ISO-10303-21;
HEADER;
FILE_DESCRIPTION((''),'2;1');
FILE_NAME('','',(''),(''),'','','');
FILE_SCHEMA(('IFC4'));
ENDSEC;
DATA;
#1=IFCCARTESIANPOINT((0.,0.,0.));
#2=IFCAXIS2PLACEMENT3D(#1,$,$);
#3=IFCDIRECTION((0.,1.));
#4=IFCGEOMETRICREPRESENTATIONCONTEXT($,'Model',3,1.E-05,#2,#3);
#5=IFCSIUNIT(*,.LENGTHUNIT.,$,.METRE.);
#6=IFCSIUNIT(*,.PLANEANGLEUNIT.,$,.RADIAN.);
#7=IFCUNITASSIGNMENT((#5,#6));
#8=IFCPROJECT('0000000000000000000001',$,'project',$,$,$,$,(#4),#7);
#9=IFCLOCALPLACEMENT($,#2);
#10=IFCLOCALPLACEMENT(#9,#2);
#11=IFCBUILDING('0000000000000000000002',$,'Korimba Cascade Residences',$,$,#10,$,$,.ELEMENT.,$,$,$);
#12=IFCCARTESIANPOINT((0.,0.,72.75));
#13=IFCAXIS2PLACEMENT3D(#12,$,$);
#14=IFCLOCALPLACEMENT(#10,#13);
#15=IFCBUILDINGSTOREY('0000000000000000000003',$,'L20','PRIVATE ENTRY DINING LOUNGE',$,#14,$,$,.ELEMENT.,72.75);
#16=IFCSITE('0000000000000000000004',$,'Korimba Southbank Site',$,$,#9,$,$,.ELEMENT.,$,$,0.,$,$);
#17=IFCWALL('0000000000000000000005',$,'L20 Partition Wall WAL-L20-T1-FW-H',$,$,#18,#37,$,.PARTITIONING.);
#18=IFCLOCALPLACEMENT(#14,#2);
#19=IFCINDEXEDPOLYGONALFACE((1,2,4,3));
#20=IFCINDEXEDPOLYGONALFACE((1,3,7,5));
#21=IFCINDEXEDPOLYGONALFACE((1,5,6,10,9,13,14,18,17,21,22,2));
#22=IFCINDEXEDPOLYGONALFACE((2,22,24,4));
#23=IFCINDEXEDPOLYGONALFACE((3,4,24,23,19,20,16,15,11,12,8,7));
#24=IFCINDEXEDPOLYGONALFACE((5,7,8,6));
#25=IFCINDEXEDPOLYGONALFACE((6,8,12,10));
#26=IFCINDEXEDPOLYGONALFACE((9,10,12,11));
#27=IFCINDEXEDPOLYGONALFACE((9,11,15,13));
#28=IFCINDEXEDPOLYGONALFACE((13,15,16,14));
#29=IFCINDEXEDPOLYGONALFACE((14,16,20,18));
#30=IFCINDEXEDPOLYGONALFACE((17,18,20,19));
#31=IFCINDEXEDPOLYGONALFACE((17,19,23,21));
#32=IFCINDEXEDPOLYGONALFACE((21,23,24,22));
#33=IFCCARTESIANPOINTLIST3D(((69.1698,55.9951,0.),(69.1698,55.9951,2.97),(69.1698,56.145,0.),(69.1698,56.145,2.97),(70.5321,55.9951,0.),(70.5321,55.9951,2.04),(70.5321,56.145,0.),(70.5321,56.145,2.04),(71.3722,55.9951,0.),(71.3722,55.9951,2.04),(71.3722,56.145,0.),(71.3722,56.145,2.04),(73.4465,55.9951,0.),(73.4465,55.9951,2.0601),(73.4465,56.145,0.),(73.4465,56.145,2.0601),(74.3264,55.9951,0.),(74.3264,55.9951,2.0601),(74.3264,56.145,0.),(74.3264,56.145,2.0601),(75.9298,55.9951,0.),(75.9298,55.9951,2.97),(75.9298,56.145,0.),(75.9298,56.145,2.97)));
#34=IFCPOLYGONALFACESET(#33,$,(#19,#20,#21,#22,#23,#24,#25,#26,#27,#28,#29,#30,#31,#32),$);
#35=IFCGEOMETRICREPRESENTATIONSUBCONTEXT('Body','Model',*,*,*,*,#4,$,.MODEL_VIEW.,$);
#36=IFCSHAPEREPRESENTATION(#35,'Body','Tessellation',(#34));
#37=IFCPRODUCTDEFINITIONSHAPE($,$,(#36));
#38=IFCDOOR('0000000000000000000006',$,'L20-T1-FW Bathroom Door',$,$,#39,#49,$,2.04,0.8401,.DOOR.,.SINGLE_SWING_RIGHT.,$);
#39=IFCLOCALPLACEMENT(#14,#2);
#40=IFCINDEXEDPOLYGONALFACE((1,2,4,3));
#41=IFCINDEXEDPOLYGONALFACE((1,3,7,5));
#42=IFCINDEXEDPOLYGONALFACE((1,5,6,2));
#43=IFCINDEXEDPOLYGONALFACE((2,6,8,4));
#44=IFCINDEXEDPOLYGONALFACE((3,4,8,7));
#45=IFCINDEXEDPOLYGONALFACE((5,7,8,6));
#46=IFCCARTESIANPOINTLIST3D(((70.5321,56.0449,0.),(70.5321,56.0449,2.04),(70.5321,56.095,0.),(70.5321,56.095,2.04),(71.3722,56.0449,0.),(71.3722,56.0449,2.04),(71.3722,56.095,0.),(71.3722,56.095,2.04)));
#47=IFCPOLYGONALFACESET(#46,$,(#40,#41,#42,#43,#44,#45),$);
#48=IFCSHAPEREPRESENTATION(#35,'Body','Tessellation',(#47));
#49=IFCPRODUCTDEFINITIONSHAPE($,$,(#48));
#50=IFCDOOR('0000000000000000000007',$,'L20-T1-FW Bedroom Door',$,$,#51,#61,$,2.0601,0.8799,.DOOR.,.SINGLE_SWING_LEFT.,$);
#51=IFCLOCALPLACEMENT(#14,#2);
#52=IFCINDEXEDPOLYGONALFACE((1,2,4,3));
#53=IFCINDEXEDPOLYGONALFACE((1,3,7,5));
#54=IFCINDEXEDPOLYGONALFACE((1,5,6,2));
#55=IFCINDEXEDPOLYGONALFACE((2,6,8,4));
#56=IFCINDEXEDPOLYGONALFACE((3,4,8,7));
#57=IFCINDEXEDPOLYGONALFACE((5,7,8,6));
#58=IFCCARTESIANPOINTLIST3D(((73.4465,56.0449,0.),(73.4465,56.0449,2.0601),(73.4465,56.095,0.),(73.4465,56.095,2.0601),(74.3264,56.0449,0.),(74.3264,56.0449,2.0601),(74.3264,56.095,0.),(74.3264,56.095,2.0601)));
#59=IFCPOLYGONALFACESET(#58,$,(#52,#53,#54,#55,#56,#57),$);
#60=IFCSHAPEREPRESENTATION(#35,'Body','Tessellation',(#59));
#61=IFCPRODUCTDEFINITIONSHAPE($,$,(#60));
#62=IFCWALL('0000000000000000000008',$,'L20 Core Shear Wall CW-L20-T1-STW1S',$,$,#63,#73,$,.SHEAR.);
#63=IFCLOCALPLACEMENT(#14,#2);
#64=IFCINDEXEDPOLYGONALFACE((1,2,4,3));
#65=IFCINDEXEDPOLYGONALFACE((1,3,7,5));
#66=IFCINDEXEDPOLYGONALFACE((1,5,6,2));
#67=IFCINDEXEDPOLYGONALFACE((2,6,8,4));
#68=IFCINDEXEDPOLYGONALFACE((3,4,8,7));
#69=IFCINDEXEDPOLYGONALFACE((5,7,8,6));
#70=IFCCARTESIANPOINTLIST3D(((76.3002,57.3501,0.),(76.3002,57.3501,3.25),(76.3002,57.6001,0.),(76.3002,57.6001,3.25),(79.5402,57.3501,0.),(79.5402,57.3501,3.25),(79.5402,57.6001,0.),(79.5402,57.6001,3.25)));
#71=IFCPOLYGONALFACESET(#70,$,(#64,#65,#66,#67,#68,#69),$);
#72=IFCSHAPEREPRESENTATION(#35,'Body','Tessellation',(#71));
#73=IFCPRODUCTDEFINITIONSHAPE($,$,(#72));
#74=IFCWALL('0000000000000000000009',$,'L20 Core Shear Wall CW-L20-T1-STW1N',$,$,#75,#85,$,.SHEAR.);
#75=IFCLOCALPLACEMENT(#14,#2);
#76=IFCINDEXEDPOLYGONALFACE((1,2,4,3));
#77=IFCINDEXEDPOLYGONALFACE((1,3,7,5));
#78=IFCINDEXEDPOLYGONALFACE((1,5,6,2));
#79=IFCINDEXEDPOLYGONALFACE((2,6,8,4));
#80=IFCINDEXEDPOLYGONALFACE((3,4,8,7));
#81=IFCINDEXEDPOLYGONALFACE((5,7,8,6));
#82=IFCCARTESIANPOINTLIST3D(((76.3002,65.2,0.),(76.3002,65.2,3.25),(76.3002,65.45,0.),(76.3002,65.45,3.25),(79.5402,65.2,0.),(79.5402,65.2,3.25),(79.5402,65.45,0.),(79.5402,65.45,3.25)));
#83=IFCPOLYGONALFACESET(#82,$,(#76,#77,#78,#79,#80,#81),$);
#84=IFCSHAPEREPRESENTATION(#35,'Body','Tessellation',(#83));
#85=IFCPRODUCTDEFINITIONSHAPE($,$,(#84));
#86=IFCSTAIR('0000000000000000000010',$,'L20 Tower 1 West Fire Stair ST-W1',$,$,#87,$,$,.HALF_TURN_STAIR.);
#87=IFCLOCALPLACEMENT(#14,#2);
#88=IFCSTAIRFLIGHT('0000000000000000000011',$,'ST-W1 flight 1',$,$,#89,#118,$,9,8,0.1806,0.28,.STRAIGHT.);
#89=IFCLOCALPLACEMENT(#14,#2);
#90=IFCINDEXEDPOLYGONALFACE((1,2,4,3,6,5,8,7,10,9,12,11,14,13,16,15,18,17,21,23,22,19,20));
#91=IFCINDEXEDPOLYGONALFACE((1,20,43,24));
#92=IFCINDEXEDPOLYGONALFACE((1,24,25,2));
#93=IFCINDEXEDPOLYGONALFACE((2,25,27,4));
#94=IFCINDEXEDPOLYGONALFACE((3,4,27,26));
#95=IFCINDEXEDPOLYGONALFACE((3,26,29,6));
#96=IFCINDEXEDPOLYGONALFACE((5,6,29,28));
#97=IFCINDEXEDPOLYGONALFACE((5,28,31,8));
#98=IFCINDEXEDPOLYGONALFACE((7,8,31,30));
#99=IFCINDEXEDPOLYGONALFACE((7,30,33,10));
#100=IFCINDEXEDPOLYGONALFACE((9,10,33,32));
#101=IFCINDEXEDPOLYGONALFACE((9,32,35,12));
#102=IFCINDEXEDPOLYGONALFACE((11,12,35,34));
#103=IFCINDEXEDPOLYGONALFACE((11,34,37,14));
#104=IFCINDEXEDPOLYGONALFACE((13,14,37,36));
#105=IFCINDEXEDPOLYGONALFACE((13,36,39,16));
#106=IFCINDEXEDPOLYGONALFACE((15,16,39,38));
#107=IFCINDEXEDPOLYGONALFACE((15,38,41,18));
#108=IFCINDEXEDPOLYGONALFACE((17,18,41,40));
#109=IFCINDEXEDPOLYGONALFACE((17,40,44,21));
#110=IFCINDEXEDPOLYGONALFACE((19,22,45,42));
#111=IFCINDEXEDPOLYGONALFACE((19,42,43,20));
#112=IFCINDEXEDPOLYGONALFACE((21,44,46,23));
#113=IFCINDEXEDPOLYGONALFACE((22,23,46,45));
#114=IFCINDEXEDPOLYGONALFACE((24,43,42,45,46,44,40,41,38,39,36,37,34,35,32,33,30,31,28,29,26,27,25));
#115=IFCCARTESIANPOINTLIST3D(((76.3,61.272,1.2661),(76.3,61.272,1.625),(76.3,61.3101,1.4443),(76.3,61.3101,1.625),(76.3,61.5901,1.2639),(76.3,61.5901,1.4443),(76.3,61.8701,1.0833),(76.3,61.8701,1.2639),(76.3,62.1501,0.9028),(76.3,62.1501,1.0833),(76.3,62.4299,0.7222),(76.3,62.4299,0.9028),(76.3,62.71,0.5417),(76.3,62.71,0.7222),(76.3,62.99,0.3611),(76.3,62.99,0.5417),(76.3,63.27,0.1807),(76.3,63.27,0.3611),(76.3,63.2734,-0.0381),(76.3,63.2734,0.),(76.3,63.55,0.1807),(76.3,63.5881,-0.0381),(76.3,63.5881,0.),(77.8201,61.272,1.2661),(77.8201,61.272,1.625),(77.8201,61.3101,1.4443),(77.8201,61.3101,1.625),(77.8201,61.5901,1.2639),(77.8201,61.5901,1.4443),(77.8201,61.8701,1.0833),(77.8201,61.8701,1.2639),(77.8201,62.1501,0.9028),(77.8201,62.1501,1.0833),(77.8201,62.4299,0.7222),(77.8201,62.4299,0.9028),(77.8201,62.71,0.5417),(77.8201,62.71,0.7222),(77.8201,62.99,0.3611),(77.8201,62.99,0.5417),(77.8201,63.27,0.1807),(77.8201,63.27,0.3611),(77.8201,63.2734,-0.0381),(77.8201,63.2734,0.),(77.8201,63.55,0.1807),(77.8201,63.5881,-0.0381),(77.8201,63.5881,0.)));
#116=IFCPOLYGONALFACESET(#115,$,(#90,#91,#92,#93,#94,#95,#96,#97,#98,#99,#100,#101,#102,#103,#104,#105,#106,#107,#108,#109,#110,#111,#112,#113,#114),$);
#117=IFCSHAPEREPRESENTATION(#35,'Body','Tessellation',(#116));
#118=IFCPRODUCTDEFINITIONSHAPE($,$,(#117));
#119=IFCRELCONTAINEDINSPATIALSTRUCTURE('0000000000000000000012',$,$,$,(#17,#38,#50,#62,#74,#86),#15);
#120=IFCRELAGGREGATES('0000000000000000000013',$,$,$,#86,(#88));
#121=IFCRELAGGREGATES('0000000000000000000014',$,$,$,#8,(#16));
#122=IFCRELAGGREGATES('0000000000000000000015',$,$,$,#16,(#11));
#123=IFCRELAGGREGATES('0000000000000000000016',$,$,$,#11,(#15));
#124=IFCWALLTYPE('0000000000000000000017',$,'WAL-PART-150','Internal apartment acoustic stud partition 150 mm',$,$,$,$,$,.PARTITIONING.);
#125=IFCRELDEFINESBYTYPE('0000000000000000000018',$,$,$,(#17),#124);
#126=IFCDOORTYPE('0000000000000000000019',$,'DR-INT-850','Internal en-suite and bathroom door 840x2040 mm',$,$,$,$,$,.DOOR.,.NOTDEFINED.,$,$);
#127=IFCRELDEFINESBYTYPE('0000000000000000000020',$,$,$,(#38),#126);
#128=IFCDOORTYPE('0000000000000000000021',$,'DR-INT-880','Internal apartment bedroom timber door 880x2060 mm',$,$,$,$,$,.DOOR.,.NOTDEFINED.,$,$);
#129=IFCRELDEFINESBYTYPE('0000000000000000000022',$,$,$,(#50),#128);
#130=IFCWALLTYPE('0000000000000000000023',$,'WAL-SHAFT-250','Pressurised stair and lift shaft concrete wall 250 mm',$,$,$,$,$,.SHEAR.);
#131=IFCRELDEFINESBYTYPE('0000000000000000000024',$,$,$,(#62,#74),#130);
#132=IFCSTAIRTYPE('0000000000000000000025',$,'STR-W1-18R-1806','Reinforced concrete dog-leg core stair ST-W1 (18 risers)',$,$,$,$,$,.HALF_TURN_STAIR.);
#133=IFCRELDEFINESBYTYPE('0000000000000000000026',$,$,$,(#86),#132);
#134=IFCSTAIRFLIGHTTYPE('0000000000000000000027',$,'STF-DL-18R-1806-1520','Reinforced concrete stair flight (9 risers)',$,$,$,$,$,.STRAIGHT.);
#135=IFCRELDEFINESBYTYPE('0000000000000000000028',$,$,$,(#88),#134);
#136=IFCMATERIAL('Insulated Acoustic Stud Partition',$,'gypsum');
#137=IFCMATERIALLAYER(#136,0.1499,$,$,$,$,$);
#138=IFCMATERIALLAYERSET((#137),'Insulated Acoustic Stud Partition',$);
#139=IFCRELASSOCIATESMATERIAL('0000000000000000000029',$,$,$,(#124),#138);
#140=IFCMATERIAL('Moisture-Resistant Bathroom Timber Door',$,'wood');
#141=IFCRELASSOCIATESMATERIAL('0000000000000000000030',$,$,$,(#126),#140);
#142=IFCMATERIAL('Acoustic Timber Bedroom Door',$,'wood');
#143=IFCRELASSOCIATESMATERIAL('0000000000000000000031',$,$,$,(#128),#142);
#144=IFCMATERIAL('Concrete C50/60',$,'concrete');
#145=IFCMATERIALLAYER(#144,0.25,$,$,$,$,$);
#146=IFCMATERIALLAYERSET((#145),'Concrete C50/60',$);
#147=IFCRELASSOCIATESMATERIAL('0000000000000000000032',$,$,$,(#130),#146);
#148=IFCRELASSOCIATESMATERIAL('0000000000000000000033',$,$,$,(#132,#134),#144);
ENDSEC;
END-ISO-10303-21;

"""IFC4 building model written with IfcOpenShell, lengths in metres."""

from ifc_helpers import new_model, si_unit, direction, frame, frame_2d, origin, place, context, subcontext, project, spatial, polyline, rectangle, outline, extrude, material, layer, layer_set, type_object, element, fill, aggregate, save


model = new_model("IFC4")

# Units and contexts
model_context = context("Model", 3, precision=1e-05, world=origin(), true_north=direction((0.0, 1.0)))
body_context = subcontext(model_context, "Body", "Model", "MODEL_VIEW")
ifc_project = project(units=[si_unit("LENGTHUNIT", "METRE"), si_unit("PLANEANGLEUNIT", "RADIAN")], contexts=[model_context])

# Site, building, storey
site_placement = place(None, origin())
site = spatial("IfcSite", under=ifc_project, at=site_placement, Name="Korimba Southbank Site", CompositionType="ELEMENT", RefElevation=0.0)
building_placement = place(site_placement, origin())
building = spatial("IfcBuilding", under=site, at=building_placement, Name="Korimba Cascade Residences", CompositionType="ELEMENT")
storey_placement = place(building_placement, frame((0.0, 0.0, 72.75)))
storey = spatial("IfcBuildingStorey", under=building, at=storey_placement, Name="L20", Description="PRIVATE ENTRY DINING LOUNGE", CompositionType="ELEMENT", Elevation=72.75)

# Shared definitions
ifc_material_1 = material(Name="Concrete C50/60", Category="concrete")

# Shared definitions
ifc_material_2 = material(Name="Insulated Acoustic Stud Partition", Category="gypsum")
ifc_layer_1 = layer(ifc_material_2, 0.1499)
ifc_layer_set_1 = layer_set([ifc_layer_1], Name="Insulated Acoustic Stud Partition")
wall_type_1 = type_object("IfcWallType", Name="WAL-PART-150", Description="Internal apartment acoustic stud partition 150 mm", PredefinedType="PARTITIONING", material=ifc_layer_set_1)

# Wall, openings, doors
wall_1_placement = place(storey_placement, frame((69.1699, 56.0701, 0.0), z_axis=(0.0, 0.0, 1.0), x_axis=(1.0, 0.0, 0.0)))
wall_1 = element("IfcWall", 1, at=wall_1_placement, inside=storey, type_object=wall_type_1, Name="L20 Partition Wall WAL-L20-T1-FW-H", PredefinedType="PARTITIONING", context=body_context, shape_type="SweptSolid", body=[
    extrude(rectangle(XDim=6.76, YDim=0.1499, at=frame_2d((3.3799, 0.0))), origin(), (0.0, 0.0, 1.0), 2.97),
])
opening_1_placement = place(wall_1_placement, frame((1.3623, 0.0, 0.0)))
opening_1 = element("IfcOpeningElement", 2, at=opening_1_placement, cuts=wall_1, PredefinedType="OPENING", context=body_context, shape_type="SweptSolid", body=[
    extrude(rectangle(XDim=0.8401, YDim=2.04, at=frame_2d((0.4199, 1.02))), frame((0.0, 0.085, 0.0), z_axis=(0.0, -1.0, 0.0), x_axis=(1.0, 0.0, 0.0)), (0.0, 0.0, 1.0), 0.1699),
])
opening_2_placement = place(wall_1_placement, frame((4.2766, 0.0, 0.0)))
opening_2 = element("IfcOpeningElement", 3, at=opening_2_placement, cuts=wall_1, PredefinedType="OPENING", context=body_context, shape_type="SweptSolid", body=[
    extrude(rectangle(XDim=0.8799, YDim=2.0601, at=frame_2d((0.4399, 1.03))), frame((0.0, 0.085, 0.0), z_axis=(0.0, -1.0, 0.0), x_axis=(1.0, 0.0, 0.0)), (0.0, 0.0, 1.0), 0.1699),
])
ifc_material_3 = material(Name="Moisture-Resistant Bathroom Timber Door", Category="wood")
door_type_1 = type_object("IfcDoorType", Name="DR-INT-850", Description="Internal en-suite and bathroom door 840x2040 mm", OperationType="NOTDEFINED", PredefinedType="DOOR", material=ifc_material_3)
door_1_placement = place(opening_1_placement, origin())
door_1 = element("IfcDoor", 4, at=door_1_placement, inside=storey, type_object=door_type_1, Name="L20-T1-FW Bathroom Door", OperationType="SINGLE_SWING_RIGHT", OverallHeight=2.04, OverallWidth=0.8401, PredefinedType="DOOR", context=body_context, shape_type="SweptSolid", body=[
    extrude(rectangle(XDim=0.8401, YDim=2.04, at=frame_2d((0.4199, 1.02))), frame((0.0, 0.0249, 0.0), z_axis=(0.0, -1.0, 0.0), x_axis=(1.0, 0.0, 0.0)), (0.0, 0.0, 1.0), 0.05),
])
fill(opening_1, door_1)
ifc_material_4 = material(Name="Acoustic Timber Bedroom Door", Category="wood")
door_type_2 = type_object("IfcDoorType", Name="DR-INT-880", Description="Internal apartment bedroom timber door 880x2060 mm", OperationType="NOTDEFINED", PredefinedType="DOOR", material=ifc_material_4)
door_2_placement = place(opening_2_placement, origin())
door_2 = element("IfcDoor", 5, at=door_2_placement, inside=storey, type_object=door_type_2, Name="L20-T1-FW Bedroom Door", OperationType="SINGLE_SWING_LEFT", OverallHeight=2.0601, OverallWidth=0.8799, PredefinedType="DOOR", context=body_context, shape_type="SweptSolid", body=[
    extrude(rectangle(XDim=0.8799, YDim=2.0601, at=frame_2d((0.4399, 1.03))), frame((0.0, 0.0249, 0.0), z_axis=(0.0, -1.0, 0.0), x_axis=(1.0, 0.0, 0.0)), (0.0, 0.0, 1.0), 0.05),
])
fill(opening_2, door_2)

# Walls
ifc_layer_2 = layer(ifc_material_1, 0.25)
ifc_layer_set_2 = layer_set([ifc_layer_2], Name="Concrete C50/60")
wall_type_2 = type_object("IfcWallType", Name="WAL-SHAFT-250", Description="Pressurised stair and lift shaft concrete wall 250 mm", PredefinedType="SHEAR", material=ifc_layer_set_2)
for number, where, z_axis, x_axis, name in (
    (6, (76.3, 57.4751, 0.0), (0.0, 0.0, 1.0), (1.0, 0.0, 0.0), "L20 Core Shear Wall CW-L20-T1-STW1S"),
    (7, (76.3, 65.325, 0.0), (0.0, 0.0, 1.0), (1.0, 0.0, 0.0), "L20 Core Shear Wall CW-L20-T1-STW1N"),
):
    element("IfcWall", number, at=place(storey_placement, frame(where, z_axis=z_axis, x_axis=x_axis)), inside=storey, type_object=wall_type_2, Name=name, PredefinedType="SHEAR", context=body_context, shape_type="SweptSolid", body=[
        extrude(rectangle(XDim=3.24, YDim=0.25, at=frame_2d((1.6201, 0.0))), origin(), (0.0, 0.0, 1.0), 3.25),
    ])

# Stair, stair flight
stair_type = type_object("IfcStairType", Name="STR-W1-18R-1806", Description="Reinforced concrete dog-leg core stair ST-W1 (18 risers)", PredefinedType="HALF_TURN_STAIR", material=ifc_material_1)
stair_placement = place(storey_placement, origin())
stair = element("IfcStair", 8, at=stair_placement, inside=storey, type_object=stair_type, Name="L20 Tower 1 West Fire Stair ST-W1", PredefinedType="HALF_TURN_STAIR")
stair_flight_type = type_object("IfcStairFlightType", Name="STF-DL-18R-1806-1520", Description="Reinforced concrete stair flight (9 risers)", PredefinedType="STRAIGHT", material=ifc_material_1)
stair_flight_placement = place(storey_placement, frame((77.0601, 63.55, 0.0), z_axis=(0.0, 0.0, 1.0), x_axis=(0.0, -1.0, 0.0)))
stair_flight = element("IfcStairFlight", 9, at=stair_flight_placement, type_object=stair_flight_type, Name="ST-W1 flight 1", NumberOfRisers=9, NumberOfTreads=8, PredefinedType="STRAIGHT", RiserHeight=0.1806, TreadLength=0.28, context=body_context, shape_type="SweptSolid", body=[
    extrude(outline(polyline([(-0.0381, 0.0), (0.0, 0.1807), (0.28, 0.1807), (0.28, 0.3611), (0.5601, 0.3611), (0.5601, 0.5417), (0.8401, 0.5417), (0.8401, 0.7222), (1.1201, 0.7222), (1.1201, 0.9028), (1.3999, 0.9028), (1.3999, 1.0833), (1.6799, 1.0833), (1.6799, 1.2639), (1.96, 1.2639), (1.96, 1.4443), (2.24, 1.4443), (2.24, 1.625), (2.2781, 1.625), (2.2781, 1.2661), (0.2766, 0.0), (0.2766, -0.0381), (-0.0381, -0.0381), (-0.0381, 0.0)])), frame((0.0, 0.76, 0.0), z_axis=(0.0, -1.0, 0.0), x_axis=(1.0, 0.0, 0.0)), (0.0, 0.0, 1.0), 1.52),
])
aggregate(stair, [stair_flight])

save(model, "model.ifc")
